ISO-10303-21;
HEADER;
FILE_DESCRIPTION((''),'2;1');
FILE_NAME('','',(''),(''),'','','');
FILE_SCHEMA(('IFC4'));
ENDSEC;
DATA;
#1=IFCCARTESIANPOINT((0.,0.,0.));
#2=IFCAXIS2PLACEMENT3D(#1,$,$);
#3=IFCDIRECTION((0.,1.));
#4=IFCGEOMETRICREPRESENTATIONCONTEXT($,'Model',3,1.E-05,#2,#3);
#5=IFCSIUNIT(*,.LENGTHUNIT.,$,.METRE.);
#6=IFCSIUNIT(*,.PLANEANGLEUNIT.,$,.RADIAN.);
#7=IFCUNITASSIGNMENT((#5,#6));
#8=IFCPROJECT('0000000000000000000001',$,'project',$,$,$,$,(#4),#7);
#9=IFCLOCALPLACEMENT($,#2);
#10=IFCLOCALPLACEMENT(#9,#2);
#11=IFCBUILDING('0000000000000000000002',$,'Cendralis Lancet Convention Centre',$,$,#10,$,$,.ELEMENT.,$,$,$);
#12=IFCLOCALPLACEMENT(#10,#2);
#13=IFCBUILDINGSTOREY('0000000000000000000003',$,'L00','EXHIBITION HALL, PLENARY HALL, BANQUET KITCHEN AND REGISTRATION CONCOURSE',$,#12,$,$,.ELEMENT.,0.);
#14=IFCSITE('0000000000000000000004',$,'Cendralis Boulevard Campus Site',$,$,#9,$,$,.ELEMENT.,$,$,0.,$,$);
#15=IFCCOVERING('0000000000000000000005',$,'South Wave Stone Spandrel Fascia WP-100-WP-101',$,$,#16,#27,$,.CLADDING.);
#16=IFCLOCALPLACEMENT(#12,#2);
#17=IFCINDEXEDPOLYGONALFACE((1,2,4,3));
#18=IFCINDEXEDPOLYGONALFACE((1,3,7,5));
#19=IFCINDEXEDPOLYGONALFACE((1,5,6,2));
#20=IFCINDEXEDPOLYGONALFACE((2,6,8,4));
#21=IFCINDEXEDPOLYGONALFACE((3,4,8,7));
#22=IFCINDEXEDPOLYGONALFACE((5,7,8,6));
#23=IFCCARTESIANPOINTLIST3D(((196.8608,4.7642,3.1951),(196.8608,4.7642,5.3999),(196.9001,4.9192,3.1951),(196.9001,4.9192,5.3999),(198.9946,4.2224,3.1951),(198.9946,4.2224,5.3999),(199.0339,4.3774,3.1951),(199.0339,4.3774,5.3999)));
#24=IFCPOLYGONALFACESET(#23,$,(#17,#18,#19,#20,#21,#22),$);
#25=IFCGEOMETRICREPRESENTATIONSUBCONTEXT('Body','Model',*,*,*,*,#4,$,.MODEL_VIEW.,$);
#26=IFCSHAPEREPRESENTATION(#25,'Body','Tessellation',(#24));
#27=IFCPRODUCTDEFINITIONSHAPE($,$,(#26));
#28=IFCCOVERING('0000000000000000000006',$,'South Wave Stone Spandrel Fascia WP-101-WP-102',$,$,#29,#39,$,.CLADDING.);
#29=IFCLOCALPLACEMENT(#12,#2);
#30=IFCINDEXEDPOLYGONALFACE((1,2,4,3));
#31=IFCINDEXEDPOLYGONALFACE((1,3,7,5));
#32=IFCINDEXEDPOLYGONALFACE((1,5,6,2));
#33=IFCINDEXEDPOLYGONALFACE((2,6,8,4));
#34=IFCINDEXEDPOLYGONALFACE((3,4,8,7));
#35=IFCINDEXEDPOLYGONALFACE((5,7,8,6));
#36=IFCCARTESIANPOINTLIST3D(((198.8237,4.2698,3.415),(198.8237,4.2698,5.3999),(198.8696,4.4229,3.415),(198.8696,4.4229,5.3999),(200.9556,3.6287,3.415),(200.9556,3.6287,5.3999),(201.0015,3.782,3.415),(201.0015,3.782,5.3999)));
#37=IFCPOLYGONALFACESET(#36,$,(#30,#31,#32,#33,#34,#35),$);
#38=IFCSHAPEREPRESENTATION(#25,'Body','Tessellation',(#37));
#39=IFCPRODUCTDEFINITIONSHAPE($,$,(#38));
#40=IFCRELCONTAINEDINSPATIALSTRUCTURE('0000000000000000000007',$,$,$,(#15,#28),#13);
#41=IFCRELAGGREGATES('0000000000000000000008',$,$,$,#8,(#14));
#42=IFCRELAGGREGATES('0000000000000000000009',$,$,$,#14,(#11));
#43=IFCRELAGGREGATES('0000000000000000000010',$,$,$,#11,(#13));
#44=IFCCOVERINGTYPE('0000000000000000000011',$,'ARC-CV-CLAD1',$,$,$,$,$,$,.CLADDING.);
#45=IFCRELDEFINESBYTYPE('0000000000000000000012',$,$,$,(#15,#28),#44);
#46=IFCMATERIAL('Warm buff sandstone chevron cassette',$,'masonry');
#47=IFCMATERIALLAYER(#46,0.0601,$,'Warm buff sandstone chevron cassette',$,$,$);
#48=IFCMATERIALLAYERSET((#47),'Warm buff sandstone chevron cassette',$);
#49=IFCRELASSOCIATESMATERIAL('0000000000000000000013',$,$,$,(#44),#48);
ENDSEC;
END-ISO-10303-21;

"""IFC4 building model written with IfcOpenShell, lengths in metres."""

from ifc_helpers import new_model, si_unit, direction, frame, origin, place, context, subcontext, project, spatial, polyline, outline, extrude, material, layer, layer_set, type_object, element, save


model = new_model("IFC4")

# Units and contexts
model_context = context("Model", 3, precision=1e-05, world=origin(), true_north=direction((0.0, 1.0)))
body_context = subcontext(model_context, "Body", "Model", "MODEL_VIEW")
ifc_project = project(units=[si_unit("LENGTHUNIT", "METRE"), si_unit("PLANEANGLEUNIT", "RADIAN")], contexts=[model_context])

# Site, building, storey
site_placement = place(None, origin())
site = spatial("IfcSite", under=ifc_project, at=site_placement, Name="Cendralis Boulevard Campus Site", CompositionType="ELEMENT", RefElevation=0.0)
building_placement = place(site_placement, origin())
building = spatial("IfcBuilding", under=site, at=building_placement, Name="Cendralis Lancet Convention Centre", CompositionType="ELEMENT")
storey_placement = place(building_placement, origin())
storey = spatial("IfcBuildingStorey", under=building, at=storey_placement, Name="L00", Description="EXHIBITION HALL, PLENARY HALL, BANQUET KITCHEN AND REGISTRATION CONCOURSE", CompositionType="ELEMENT", Elevation=0.0)

# Coverings
ifc_material_1 = material(Name="Warm buff sandstone chevron cassette", Category="masonry")
ifc_layer_1 = layer(ifc_material_1, 0.0601, Name="Warm buff sandstone chevron cassette")
ifc_layer_set_1 = layer_set([ifc_layer_1], Name="Warm buff sandstone chevron cassette")
covering_type = type_object("IfcCoveringType", Name="ARC-CV-CLAD1", PredefinedType="CLADDING", material=ifc_layer_set_1)
covering_1_placement = place(storey_placement, frame((0.0, 0.0, 3.1951)))
element("IfcCovering", 1, at=covering_1_placement, inside=storey, type_object=covering_type, Name="South Wave Stone Spandrel Fascia WP-100-WP-101", PredefinedType="CLADDING", context=body_context, shape_type="SweptSolid", body=[
    extrude(outline(polyline([(196.8608, 4.7642), (198.9946, 4.2224), (199.0339, 4.3774), (196.9001, 4.9192), (196.8608, 4.7642)])), origin(), (0.0, 0.0, 1.0), 2.2048),
])
covering_2_placement = place(storey_placement, frame((0.0, 0.0, 3.415)))
element("IfcCovering", 2, at=covering_2_placement, inside=storey, type_object=covering_type, Name="South Wave Stone Spandrel Fascia WP-101-WP-102", PredefinedType="CLADDING", context=body_context, shape_type="SweptSolid", body=[
    extrude(outline(polyline([(198.8237, 4.2698), (200.9556, 3.6287), (201.0015, 3.782), (198.8696, 4.4229), (198.8237, 4.2698)])), origin(), (0.0, 0.0, 1.0), 1.9849),
])

save(model, "model.ifc")
